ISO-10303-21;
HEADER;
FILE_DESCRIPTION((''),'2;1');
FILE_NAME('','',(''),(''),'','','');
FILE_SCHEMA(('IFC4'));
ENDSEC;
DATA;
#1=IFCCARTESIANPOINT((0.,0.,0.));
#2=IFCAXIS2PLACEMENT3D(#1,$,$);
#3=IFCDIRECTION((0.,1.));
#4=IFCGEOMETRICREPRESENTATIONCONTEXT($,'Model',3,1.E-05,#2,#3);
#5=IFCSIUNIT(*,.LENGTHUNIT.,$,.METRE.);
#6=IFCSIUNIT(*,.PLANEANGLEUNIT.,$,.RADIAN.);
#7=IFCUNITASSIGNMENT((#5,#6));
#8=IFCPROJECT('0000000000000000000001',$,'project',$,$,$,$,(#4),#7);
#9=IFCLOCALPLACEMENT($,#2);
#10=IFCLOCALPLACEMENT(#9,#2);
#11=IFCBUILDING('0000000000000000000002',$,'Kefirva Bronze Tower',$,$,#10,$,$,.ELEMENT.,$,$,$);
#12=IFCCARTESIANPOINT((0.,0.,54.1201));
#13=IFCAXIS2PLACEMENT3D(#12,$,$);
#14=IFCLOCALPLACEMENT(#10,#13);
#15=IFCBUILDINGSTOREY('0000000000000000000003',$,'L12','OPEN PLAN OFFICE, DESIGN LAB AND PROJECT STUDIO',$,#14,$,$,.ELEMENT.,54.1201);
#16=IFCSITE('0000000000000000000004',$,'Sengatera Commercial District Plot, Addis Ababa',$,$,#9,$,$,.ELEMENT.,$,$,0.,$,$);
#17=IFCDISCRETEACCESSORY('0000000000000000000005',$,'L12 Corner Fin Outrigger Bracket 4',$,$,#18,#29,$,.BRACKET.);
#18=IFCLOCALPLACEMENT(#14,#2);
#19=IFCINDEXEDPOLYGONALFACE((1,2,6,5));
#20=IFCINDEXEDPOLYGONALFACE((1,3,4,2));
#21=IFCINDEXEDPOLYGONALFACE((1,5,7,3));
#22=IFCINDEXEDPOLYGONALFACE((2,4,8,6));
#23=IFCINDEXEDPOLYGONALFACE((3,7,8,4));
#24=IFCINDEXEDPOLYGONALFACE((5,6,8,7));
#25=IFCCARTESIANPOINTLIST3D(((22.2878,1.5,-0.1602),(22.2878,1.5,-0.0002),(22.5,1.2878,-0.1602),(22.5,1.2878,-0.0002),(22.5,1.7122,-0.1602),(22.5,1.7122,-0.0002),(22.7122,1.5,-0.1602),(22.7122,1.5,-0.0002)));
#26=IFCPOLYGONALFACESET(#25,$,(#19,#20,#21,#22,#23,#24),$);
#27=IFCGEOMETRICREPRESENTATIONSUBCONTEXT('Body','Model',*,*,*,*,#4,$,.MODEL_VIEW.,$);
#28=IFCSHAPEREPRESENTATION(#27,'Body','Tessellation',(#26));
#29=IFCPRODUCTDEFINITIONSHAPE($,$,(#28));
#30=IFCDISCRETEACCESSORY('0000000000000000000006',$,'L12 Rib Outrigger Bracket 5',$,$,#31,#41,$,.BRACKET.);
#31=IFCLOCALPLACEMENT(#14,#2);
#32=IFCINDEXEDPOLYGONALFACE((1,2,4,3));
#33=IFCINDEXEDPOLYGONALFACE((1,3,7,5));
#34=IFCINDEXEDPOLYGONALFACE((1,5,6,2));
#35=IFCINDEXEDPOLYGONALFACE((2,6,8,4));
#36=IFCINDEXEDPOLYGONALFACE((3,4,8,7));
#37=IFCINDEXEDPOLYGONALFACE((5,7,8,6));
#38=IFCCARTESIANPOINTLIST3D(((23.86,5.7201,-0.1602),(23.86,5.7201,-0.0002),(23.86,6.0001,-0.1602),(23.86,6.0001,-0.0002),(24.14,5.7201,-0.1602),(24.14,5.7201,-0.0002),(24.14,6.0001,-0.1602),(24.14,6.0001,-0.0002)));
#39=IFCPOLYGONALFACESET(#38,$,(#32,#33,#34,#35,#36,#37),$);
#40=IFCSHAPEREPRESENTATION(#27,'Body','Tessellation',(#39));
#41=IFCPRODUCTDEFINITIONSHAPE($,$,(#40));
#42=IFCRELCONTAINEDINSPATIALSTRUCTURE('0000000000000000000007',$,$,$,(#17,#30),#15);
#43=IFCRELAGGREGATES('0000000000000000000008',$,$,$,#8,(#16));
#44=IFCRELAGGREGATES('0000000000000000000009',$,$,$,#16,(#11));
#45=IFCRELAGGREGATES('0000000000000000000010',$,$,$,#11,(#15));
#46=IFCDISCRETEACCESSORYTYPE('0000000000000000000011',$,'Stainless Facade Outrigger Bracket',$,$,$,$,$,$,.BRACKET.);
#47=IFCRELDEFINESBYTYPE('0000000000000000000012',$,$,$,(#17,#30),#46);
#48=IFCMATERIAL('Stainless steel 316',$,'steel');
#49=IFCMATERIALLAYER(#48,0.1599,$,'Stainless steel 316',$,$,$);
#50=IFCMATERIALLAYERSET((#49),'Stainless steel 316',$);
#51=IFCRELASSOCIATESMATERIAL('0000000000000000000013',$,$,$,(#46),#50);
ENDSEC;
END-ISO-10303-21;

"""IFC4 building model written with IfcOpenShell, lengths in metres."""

from ifc_helpers import new_model, si_unit, direction, frame, origin, origin_2d, place, context, subcontext, project, spatial, rectangle, extrude, material, layer, layer_set, type_object, element, save


model = new_model("IFC4")

# Units and contexts
model_context = context("Model", 3, precision=1e-05, world=origin(), true_north=direction((0.0, 1.0)))
body_context = subcontext(model_context, "Body", "Model", "MODEL_VIEW")
ifc_project = project(units=[si_unit("LENGTHUNIT", "METRE"), si_unit("PLANEANGLEUNIT", "RADIAN")], contexts=[model_context])

# Site, building, storey
site_placement = place(None, origin())
site = spatial("IfcSite", under=ifc_project, at=site_placement, Name="Sengatera Commercial District Plot, Addis Ababa", CompositionType="ELEMENT", RefElevation=0.0)
building_placement = place(site_placement, origin())
building = spatial("IfcBuilding", under=site, at=building_placement, Name="Kefirva Bronze Tower", CompositionType="ELEMENT")
storey_placement = place(building_placement, frame((0.0, 0.0, 54.1201)))
storey = spatial("IfcBuildingStorey", under=building, at=storey_placement, Name="L12", Description="OPEN PLAN OFFICE, DESIGN LAB AND PROJECT STUDIO", CompositionType="ELEMENT", Elevation=54.1201)

# Discrete accessories
ifc_material_1 = material(Name="Stainless steel 316", Category="steel")
ifc_layer_1 = layer(ifc_material_1, 0.1599, Name="Stainless steel 316")
ifc_layer_set_1 = layer_set([ifc_layer_1], Name="Stainless steel 316")
discrete_accessory_type = type_object("IfcDiscreteAccessoryType", Name="Stainless Facade Outrigger Bracket", PredefinedType="BRACKET", material=ifc_layer_set_1)
discrete_accessory_1_placement = place(storey_placement, frame((22.5, 1.5, -0.1602), z_axis=(0.0, 0.0, 1.0), x_axis=(0.707107, 0.707107, 0.0)))
element("IfcDiscreteAccessory", 1, at=discrete_accessory_1_placement, inside=storey, type_object=discrete_accessory_type, Name="L12 Corner Fin Outrigger Bracket 4", PredefinedType="BRACKET", context=body_context, shape_type="SweptSolid", body=[
    extrude(rectangle(XDim=0.3, YDim=0.3, at=origin_2d()), origin(), (0.0, 0.0, 1.0), 0.1599),
])
discrete_accessory_2_placement = place(storey_placement, frame((24.0, 5.8601, -0.1602), z_axis=(0.0, 0.0, 1.0), x_axis=(0.0, 1.0, 0.0)))
element("IfcDiscreteAccessory", 2, at=discrete_accessory_2_placement, inside=storey, type_object=discrete_accessory_type, Name="L12 Rib Outrigger Bracket 5", PredefinedType="BRACKET", context=body_context, shape_type="SweptSolid", body=[
    extrude(rectangle(XDim=0.28, YDim=0.28, at=origin_2d()), origin(), (0.0, 0.0, 1.0), 0.1599),
])

save(model, "model.ifc")
